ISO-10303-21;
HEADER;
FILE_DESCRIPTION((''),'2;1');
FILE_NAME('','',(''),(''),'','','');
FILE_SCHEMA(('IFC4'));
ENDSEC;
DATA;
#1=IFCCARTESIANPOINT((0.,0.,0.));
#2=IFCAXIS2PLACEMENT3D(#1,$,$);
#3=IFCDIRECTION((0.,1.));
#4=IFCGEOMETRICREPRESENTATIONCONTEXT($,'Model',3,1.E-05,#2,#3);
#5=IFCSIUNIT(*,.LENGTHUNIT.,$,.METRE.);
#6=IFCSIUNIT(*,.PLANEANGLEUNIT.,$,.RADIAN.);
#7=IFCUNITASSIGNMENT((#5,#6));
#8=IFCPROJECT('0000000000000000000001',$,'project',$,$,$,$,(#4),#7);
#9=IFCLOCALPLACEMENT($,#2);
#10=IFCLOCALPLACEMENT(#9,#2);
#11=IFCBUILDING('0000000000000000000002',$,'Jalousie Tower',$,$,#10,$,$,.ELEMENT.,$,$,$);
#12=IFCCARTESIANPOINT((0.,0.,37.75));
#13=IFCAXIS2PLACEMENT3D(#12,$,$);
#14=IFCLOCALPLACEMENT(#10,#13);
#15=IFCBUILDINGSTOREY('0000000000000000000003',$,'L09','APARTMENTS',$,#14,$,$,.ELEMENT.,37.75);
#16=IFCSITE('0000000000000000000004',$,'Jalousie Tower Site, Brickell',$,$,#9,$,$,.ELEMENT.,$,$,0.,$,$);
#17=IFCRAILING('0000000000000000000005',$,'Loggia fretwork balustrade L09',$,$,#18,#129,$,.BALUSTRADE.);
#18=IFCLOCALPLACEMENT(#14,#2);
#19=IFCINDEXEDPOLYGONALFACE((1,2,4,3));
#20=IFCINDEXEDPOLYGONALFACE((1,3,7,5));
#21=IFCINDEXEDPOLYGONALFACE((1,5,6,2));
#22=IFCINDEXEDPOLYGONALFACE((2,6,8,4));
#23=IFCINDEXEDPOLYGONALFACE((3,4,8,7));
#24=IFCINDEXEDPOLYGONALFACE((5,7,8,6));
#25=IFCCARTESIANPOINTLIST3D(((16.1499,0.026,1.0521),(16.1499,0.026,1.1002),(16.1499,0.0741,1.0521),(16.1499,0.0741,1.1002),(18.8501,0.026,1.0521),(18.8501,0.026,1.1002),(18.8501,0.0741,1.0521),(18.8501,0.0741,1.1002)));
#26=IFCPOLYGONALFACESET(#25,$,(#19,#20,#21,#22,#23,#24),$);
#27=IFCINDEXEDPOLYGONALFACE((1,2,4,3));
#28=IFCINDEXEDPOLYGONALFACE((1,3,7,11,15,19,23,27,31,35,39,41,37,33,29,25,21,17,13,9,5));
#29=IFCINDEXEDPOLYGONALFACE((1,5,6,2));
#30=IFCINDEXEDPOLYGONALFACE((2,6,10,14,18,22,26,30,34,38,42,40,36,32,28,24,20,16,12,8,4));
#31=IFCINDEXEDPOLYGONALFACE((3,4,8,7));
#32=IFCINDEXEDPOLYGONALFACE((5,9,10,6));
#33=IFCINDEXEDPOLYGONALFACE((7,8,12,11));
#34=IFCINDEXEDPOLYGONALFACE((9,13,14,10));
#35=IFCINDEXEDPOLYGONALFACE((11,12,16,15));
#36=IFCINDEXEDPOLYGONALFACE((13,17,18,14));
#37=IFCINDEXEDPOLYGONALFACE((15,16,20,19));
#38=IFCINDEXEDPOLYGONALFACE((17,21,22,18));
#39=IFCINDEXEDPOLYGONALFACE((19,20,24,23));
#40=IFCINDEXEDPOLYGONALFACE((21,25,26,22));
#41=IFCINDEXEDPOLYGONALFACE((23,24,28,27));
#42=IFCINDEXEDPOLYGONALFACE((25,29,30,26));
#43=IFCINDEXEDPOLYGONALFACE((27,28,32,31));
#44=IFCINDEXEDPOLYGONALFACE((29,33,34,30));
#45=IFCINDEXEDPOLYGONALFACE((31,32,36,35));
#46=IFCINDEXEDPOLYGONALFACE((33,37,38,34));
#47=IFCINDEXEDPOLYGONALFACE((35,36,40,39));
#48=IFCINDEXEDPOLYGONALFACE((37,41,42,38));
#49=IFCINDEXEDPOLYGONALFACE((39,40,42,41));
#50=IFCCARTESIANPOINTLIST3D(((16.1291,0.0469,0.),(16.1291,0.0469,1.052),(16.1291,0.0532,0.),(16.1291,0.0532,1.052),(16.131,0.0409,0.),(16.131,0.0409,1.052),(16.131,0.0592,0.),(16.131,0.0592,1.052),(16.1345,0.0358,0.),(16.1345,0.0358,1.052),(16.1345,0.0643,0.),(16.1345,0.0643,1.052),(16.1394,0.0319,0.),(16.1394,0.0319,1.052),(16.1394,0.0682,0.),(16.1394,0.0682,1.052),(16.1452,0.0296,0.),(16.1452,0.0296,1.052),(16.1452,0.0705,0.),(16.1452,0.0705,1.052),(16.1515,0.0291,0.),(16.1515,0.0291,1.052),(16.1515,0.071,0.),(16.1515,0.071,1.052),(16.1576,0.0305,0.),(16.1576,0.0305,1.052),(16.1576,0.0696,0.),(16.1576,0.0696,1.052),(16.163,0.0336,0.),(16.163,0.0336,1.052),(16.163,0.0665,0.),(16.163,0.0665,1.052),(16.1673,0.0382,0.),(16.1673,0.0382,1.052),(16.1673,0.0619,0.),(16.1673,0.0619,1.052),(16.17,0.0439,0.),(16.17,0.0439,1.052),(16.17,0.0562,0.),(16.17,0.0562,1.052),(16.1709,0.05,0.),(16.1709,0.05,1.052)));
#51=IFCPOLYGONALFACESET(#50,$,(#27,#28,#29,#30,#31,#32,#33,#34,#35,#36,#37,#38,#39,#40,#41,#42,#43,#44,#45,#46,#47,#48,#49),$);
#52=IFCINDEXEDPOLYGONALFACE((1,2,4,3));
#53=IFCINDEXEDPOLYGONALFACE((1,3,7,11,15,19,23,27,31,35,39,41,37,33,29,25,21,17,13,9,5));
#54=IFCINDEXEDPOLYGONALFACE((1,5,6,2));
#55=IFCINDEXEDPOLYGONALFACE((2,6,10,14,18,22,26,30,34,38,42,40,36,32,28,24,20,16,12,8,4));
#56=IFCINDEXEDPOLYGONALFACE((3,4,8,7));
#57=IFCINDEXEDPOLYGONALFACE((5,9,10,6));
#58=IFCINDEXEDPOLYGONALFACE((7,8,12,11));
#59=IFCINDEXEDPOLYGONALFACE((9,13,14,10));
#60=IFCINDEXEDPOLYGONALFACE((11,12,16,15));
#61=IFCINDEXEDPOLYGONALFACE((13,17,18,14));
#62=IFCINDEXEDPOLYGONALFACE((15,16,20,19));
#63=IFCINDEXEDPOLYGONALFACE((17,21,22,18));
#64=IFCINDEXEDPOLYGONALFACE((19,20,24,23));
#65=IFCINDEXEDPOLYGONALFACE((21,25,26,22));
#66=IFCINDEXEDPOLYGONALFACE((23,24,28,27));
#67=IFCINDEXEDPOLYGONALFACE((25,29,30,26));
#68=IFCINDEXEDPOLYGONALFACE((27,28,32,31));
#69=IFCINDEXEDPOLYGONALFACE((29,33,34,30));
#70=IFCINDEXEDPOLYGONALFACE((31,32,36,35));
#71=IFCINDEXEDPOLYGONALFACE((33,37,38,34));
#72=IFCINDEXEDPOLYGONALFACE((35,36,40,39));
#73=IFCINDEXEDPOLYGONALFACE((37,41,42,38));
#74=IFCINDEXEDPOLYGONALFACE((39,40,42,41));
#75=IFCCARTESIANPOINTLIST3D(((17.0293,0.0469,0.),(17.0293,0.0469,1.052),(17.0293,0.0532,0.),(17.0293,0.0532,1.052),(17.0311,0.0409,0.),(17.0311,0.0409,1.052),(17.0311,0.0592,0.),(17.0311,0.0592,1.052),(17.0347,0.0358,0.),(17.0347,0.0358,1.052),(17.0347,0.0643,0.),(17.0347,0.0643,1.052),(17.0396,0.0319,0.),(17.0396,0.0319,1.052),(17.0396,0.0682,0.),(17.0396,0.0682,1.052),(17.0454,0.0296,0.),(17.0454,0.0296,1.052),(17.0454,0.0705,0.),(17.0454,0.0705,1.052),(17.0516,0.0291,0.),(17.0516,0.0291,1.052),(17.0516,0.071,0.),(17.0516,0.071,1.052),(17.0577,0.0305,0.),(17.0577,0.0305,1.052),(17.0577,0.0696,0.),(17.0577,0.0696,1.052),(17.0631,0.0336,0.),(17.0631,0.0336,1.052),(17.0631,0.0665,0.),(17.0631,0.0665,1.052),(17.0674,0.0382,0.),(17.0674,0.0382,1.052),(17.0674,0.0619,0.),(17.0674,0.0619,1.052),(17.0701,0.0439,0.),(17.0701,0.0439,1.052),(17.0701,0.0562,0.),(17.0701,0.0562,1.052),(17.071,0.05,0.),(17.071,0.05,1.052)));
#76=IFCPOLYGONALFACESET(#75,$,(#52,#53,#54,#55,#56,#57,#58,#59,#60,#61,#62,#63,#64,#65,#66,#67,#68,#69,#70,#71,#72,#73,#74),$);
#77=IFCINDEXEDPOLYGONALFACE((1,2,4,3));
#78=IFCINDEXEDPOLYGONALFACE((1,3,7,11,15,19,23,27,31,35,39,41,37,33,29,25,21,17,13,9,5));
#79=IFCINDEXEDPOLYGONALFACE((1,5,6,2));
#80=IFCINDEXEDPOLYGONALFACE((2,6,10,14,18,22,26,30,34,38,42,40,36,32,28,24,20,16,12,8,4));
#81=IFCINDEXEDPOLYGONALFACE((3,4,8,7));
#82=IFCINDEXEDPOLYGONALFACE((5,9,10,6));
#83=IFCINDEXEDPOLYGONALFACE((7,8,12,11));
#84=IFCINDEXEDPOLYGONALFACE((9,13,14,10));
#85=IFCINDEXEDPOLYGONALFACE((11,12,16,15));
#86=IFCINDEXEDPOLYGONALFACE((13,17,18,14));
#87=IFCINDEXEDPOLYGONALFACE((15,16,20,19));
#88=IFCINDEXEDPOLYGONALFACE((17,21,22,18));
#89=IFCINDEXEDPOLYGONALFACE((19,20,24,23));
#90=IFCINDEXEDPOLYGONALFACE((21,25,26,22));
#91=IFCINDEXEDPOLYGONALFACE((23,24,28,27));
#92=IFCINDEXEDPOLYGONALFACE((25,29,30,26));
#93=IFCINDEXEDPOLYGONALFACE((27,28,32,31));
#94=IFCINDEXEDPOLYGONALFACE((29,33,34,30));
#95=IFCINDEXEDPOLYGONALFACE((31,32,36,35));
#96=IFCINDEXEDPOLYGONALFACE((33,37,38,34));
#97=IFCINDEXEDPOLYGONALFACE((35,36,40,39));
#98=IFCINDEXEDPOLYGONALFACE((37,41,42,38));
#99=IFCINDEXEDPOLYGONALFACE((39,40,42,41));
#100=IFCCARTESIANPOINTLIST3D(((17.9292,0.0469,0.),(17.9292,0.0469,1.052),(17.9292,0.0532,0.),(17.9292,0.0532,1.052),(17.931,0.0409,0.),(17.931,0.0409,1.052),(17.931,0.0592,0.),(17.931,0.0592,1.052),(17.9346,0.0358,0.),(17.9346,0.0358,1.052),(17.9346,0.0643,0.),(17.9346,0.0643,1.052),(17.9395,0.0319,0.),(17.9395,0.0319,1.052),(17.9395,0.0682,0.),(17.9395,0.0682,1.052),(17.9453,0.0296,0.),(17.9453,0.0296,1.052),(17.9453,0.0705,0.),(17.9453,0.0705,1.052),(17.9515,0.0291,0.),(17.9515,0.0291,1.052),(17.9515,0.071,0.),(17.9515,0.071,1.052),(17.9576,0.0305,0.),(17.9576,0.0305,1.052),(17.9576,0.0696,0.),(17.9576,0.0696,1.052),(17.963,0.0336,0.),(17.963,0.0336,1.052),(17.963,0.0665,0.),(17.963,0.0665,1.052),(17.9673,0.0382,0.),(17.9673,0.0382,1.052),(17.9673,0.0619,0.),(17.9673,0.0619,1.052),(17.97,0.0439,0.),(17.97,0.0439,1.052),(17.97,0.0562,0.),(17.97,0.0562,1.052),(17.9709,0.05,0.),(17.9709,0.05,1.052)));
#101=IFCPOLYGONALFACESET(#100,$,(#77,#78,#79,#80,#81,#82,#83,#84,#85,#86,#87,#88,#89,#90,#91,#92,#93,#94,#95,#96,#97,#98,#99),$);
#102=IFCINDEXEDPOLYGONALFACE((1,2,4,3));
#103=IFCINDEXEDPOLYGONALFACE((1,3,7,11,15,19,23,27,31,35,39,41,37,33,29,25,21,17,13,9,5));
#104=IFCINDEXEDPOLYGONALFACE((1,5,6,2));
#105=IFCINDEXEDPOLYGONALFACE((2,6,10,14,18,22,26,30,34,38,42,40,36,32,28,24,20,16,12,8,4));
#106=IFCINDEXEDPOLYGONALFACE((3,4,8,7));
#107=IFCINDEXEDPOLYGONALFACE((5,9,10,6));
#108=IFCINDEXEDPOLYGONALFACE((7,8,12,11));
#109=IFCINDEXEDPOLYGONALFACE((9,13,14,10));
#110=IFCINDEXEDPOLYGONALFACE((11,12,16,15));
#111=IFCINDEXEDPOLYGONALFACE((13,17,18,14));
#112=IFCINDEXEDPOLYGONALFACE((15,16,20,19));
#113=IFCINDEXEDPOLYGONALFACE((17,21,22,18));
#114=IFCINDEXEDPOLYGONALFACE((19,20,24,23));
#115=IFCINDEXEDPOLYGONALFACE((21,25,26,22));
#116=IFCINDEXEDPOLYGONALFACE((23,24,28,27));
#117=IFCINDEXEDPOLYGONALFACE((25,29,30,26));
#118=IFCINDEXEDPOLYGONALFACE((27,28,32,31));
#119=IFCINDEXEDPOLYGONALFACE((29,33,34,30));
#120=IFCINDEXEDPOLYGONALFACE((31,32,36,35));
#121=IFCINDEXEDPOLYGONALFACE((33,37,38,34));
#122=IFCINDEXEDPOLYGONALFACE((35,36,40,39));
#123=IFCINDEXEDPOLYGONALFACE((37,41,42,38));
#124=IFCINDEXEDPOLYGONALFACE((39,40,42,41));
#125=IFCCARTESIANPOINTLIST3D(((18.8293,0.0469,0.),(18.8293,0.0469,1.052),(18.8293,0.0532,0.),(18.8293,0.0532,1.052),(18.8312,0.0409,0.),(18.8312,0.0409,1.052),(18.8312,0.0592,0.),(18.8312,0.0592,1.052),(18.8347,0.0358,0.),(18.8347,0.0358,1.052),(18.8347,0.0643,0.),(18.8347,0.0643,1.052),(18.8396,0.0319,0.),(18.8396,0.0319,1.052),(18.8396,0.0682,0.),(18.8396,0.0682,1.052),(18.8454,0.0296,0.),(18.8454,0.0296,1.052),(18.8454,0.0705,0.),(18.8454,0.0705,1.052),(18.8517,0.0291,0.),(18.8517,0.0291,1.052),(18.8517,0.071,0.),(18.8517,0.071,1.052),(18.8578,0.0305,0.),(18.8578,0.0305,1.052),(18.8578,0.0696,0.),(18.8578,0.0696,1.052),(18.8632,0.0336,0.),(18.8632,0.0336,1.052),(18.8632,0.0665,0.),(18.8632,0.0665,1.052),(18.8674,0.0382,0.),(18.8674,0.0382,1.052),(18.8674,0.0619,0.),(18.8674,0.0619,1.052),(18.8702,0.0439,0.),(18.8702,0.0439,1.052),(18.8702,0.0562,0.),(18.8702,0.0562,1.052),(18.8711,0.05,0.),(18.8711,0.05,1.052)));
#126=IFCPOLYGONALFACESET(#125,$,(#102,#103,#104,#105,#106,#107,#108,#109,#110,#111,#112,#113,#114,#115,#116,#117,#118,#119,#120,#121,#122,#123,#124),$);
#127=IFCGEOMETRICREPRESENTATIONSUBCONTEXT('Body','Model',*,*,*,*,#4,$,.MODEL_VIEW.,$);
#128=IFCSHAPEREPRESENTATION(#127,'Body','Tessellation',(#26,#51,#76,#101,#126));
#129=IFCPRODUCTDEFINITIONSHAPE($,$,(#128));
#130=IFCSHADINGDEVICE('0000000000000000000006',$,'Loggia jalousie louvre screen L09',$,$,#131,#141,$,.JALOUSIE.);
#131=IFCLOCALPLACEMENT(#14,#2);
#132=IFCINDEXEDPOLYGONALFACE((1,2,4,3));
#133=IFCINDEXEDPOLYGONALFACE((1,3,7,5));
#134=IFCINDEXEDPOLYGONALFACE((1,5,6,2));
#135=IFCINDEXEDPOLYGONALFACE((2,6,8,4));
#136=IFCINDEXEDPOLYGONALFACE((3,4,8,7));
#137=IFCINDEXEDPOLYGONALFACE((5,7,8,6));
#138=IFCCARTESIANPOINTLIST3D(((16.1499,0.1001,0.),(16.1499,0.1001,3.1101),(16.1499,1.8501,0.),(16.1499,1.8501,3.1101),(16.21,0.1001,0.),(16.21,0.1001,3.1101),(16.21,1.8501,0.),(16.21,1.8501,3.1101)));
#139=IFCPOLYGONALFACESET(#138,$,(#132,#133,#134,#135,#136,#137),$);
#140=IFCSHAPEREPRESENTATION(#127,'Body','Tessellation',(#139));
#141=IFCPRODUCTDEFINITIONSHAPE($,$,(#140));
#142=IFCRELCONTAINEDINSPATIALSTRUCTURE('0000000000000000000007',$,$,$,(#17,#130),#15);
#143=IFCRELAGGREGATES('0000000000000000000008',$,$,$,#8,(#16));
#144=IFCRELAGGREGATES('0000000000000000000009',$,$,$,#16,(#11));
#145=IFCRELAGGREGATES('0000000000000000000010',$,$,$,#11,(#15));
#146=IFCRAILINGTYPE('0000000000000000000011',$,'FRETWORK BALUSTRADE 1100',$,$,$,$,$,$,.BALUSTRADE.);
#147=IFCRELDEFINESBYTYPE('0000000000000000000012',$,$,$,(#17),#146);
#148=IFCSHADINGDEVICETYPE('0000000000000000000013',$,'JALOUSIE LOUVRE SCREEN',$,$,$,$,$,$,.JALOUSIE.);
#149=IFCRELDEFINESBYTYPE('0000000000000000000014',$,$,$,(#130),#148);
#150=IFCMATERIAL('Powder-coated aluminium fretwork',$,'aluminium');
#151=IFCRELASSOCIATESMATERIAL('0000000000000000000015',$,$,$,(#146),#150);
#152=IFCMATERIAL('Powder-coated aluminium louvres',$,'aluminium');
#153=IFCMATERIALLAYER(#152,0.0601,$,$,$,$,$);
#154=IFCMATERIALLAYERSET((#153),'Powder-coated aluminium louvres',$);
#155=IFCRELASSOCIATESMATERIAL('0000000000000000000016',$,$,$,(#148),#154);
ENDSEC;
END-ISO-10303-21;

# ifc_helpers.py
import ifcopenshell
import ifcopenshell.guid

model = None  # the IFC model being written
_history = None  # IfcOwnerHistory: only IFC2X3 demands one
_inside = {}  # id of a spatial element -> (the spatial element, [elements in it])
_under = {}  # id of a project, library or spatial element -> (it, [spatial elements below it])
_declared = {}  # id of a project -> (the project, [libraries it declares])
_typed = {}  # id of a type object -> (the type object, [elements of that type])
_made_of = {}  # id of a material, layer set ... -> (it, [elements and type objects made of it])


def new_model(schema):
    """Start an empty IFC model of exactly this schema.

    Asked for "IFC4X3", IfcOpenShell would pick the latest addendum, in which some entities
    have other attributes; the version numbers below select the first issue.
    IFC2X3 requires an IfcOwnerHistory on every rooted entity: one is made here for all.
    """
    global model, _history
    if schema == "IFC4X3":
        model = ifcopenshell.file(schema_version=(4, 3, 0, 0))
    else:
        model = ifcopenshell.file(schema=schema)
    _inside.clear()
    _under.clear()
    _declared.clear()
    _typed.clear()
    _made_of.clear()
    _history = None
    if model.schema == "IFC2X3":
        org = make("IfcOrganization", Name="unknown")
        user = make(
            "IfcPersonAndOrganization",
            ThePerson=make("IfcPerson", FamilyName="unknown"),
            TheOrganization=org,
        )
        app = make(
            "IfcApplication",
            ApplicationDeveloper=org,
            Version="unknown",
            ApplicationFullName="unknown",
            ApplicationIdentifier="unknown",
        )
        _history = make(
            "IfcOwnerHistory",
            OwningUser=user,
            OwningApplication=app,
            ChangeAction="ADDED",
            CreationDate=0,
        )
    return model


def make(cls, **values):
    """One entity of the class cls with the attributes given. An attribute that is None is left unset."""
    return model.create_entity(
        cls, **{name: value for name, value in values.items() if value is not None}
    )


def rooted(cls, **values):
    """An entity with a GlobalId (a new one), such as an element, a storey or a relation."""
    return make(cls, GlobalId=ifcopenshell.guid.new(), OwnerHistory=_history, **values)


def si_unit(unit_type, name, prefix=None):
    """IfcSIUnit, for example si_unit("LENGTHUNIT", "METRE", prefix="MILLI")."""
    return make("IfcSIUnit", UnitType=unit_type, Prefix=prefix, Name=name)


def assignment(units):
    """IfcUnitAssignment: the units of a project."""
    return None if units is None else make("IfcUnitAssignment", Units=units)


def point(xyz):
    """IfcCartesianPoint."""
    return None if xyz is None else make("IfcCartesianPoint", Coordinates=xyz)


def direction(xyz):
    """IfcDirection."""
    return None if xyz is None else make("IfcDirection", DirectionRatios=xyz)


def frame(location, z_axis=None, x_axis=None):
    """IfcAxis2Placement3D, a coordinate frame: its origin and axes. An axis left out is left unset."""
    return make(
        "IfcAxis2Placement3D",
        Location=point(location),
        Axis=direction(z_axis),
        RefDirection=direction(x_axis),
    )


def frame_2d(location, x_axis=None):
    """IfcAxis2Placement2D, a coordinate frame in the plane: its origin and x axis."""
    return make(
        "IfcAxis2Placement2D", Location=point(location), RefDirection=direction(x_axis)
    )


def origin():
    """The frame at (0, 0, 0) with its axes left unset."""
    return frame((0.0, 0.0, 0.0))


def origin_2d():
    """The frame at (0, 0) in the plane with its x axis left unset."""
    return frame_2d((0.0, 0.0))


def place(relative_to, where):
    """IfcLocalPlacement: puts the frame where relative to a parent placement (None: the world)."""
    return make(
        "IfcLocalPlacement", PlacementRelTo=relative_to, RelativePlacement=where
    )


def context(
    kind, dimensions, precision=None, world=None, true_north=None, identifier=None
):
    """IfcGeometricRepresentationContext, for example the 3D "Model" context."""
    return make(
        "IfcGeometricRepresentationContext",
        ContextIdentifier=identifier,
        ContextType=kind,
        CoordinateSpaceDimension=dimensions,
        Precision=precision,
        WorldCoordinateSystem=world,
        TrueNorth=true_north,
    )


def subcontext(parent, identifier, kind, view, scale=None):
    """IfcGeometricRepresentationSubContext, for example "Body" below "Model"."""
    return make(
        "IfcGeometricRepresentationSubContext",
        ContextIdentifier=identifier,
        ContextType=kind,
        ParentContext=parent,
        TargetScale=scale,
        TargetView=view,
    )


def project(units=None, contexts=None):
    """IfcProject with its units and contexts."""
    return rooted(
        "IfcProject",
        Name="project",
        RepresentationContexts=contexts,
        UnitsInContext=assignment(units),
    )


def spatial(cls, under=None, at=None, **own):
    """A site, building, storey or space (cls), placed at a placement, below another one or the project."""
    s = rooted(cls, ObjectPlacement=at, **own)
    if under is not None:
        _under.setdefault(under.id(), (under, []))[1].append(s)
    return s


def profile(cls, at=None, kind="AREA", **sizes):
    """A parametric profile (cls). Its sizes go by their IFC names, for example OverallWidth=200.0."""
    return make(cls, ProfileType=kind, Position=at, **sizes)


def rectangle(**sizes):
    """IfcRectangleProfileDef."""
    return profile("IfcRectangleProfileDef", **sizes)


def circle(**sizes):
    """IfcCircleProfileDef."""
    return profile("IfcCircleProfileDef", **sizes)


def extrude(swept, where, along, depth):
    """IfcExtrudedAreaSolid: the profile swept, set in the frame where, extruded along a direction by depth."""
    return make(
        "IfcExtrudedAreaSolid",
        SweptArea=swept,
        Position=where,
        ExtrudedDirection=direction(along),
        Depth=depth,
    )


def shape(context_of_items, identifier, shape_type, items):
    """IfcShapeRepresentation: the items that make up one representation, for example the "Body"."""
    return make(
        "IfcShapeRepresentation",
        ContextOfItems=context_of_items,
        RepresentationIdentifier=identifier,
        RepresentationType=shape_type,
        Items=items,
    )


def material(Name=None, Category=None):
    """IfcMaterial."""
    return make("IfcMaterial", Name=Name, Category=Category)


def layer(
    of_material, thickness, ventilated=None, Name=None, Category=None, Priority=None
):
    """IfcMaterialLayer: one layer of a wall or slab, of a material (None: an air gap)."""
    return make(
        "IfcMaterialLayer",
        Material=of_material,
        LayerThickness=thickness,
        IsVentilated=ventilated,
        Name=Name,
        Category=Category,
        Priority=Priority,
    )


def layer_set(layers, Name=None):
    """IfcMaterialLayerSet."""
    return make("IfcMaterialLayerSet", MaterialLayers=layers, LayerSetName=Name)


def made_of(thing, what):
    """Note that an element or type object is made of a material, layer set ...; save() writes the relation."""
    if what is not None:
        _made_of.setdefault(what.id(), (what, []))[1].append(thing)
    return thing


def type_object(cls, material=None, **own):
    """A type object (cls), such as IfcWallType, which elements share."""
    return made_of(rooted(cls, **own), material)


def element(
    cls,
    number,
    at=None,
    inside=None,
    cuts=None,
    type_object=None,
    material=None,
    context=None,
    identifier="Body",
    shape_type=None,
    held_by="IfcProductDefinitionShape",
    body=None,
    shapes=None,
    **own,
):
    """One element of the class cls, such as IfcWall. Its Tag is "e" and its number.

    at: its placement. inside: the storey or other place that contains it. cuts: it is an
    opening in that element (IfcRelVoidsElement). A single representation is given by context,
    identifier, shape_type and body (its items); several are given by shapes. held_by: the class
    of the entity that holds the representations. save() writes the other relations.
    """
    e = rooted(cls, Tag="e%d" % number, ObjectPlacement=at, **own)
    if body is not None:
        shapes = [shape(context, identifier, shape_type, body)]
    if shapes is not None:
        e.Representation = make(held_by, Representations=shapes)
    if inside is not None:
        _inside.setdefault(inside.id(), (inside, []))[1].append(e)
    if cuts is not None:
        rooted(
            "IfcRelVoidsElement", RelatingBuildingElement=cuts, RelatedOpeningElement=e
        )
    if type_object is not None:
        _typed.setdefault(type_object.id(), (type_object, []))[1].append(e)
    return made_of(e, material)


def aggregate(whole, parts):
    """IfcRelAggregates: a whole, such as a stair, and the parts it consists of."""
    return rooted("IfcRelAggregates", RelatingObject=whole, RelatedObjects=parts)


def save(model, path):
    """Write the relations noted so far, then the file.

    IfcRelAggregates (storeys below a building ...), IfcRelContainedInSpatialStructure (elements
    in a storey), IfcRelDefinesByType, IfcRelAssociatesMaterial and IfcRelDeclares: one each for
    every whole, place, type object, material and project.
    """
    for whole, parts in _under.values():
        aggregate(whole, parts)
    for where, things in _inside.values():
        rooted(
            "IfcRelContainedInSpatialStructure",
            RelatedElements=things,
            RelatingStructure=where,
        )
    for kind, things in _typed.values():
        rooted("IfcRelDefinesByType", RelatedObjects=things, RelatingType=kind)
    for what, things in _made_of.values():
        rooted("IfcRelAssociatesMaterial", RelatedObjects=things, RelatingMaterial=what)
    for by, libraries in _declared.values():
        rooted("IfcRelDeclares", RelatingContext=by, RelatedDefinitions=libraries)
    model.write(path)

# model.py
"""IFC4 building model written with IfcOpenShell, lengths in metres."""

from ifc_helpers import new_model, si_unit, direction, frame, origin, origin_2d, place, context, subcontext, project, spatial, rectangle, circle, extrude, material, layer, layer_set, type_object, element, save


model = new_model("IFC4")

# Units and contexts
model_context = context("Model", 3, precision=1e-05, world=origin(), true_north=direction((0.0, 1.0)))
body_context = subcontext(model_context, "Body", "Model", "MODEL_VIEW")
ifc_project = project(units=[si_unit("LENGTHUNIT", "METRE"), si_unit("PLANEANGLEUNIT", "RADIAN")], contexts=[model_context])

# Site, building, storey
site_placement = place(None, origin())
site = spatial("IfcSite", under=ifc_project, at=site_placement, Name="Jalousie Tower Site, Brickell", CompositionType="ELEMENT", RefElevation=0.0)
building_placement = place(site_placement, origin())
building = spatial("IfcBuilding", under=site, at=building_placement, Name="Jalousie Tower", CompositionType="ELEMENT")
storey_placement = place(building_placement, frame((0.0, 0.0, 37.75)))
storey = spatial("IfcBuildingStorey", under=building, at=storey_placement, Name="L09", Description="APARTMENTS", CompositionType="ELEMENT", Elevation=37.75)

# Railing
ifc_material_1 = material(Name="Powder-coated aluminium fretwork", Category="aluminium")
railing_type = type_object("IfcRailingType", Name="FRETWORK BALUSTRADE 1100", PredefinedType="BALUSTRADE", material=ifc_material_1)
railing_placement = place(storey_placement, frame((16.1499, 0.05, 0.0)))
element("IfcRailing", 1, at=railing_placement, inside=storey, type_object=railing_type, Name="Loggia fretwork balustrade L09", PredefinedType="BALUSTRADE", context=body_context, shape_type="SweptSolid", body=[
    extrude(rectangle(XDim=0.0481, YDim=0.0481, at=origin_2d()), frame((0.0, 0.0, 1.0762), z_axis=(1.0, 0.0, 0.0), x_axis=(0.0, 1.0, 0.0)), (0.0, 0.0, 1.0), 2.7002),
    extrude(circle(Radius=0.021, at=origin_2d()), origin(), (0.0, 0.0, 1.0), 1.052),
    extrude(circle(Radius=0.021, at=origin_2d()), frame((0.9001, 0.0, 0.0)), (0.0, 0.0, 1.0), 1.052),
    extrude(circle(Radius=0.021, at=origin_2d()), frame((1.8, 0.0, 0.0)), (0.0, 0.0, 1.0), 1.052),
    extrude(circle(Radius=0.021, at=origin_2d()), frame((2.7002, 0.0, 0.0)), (0.0, 0.0, 1.0), 1.052),
])

# Shading device
ifc_material_2 = material(Name="Powder-coated aluminium louvres", Category="aluminium")
ifc_layer_1 = layer(ifc_material_2, 0.0601)
ifc_layer_set_1 = layer_set([ifc_layer_1], Name="Powder-coated aluminium louvres")
shading_device_type = type_object("IfcShadingDeviceType", Name="JALOUSIE LOUVRE SCREEN", PredefinedType="JALOUSIE", material=ifc_layer_set_1)
shading_device_placement = place(storey_placement, frame((16.1799, 0.9751, 0.0), z_axis=(0.0, 0.0, 1.0), x_axis=(1.0, 0.0, 0.0)))
element("IfcShadingDevice", 2, at=shading_device_placement, inside=storey, type_object=shading_device_type, Name="Loggia jalousie louvre screen L09", PredefinedType="JALOUSIE", context=body_context, shape_type="SweptSolid", body=[
    extrude(rectangle(XDim=0.0601, YDim=1.75, at=origin_2d()), origin(), (0.0, 0.0, 1.0), 3.1101),
])

save(model, "model.ifc")
